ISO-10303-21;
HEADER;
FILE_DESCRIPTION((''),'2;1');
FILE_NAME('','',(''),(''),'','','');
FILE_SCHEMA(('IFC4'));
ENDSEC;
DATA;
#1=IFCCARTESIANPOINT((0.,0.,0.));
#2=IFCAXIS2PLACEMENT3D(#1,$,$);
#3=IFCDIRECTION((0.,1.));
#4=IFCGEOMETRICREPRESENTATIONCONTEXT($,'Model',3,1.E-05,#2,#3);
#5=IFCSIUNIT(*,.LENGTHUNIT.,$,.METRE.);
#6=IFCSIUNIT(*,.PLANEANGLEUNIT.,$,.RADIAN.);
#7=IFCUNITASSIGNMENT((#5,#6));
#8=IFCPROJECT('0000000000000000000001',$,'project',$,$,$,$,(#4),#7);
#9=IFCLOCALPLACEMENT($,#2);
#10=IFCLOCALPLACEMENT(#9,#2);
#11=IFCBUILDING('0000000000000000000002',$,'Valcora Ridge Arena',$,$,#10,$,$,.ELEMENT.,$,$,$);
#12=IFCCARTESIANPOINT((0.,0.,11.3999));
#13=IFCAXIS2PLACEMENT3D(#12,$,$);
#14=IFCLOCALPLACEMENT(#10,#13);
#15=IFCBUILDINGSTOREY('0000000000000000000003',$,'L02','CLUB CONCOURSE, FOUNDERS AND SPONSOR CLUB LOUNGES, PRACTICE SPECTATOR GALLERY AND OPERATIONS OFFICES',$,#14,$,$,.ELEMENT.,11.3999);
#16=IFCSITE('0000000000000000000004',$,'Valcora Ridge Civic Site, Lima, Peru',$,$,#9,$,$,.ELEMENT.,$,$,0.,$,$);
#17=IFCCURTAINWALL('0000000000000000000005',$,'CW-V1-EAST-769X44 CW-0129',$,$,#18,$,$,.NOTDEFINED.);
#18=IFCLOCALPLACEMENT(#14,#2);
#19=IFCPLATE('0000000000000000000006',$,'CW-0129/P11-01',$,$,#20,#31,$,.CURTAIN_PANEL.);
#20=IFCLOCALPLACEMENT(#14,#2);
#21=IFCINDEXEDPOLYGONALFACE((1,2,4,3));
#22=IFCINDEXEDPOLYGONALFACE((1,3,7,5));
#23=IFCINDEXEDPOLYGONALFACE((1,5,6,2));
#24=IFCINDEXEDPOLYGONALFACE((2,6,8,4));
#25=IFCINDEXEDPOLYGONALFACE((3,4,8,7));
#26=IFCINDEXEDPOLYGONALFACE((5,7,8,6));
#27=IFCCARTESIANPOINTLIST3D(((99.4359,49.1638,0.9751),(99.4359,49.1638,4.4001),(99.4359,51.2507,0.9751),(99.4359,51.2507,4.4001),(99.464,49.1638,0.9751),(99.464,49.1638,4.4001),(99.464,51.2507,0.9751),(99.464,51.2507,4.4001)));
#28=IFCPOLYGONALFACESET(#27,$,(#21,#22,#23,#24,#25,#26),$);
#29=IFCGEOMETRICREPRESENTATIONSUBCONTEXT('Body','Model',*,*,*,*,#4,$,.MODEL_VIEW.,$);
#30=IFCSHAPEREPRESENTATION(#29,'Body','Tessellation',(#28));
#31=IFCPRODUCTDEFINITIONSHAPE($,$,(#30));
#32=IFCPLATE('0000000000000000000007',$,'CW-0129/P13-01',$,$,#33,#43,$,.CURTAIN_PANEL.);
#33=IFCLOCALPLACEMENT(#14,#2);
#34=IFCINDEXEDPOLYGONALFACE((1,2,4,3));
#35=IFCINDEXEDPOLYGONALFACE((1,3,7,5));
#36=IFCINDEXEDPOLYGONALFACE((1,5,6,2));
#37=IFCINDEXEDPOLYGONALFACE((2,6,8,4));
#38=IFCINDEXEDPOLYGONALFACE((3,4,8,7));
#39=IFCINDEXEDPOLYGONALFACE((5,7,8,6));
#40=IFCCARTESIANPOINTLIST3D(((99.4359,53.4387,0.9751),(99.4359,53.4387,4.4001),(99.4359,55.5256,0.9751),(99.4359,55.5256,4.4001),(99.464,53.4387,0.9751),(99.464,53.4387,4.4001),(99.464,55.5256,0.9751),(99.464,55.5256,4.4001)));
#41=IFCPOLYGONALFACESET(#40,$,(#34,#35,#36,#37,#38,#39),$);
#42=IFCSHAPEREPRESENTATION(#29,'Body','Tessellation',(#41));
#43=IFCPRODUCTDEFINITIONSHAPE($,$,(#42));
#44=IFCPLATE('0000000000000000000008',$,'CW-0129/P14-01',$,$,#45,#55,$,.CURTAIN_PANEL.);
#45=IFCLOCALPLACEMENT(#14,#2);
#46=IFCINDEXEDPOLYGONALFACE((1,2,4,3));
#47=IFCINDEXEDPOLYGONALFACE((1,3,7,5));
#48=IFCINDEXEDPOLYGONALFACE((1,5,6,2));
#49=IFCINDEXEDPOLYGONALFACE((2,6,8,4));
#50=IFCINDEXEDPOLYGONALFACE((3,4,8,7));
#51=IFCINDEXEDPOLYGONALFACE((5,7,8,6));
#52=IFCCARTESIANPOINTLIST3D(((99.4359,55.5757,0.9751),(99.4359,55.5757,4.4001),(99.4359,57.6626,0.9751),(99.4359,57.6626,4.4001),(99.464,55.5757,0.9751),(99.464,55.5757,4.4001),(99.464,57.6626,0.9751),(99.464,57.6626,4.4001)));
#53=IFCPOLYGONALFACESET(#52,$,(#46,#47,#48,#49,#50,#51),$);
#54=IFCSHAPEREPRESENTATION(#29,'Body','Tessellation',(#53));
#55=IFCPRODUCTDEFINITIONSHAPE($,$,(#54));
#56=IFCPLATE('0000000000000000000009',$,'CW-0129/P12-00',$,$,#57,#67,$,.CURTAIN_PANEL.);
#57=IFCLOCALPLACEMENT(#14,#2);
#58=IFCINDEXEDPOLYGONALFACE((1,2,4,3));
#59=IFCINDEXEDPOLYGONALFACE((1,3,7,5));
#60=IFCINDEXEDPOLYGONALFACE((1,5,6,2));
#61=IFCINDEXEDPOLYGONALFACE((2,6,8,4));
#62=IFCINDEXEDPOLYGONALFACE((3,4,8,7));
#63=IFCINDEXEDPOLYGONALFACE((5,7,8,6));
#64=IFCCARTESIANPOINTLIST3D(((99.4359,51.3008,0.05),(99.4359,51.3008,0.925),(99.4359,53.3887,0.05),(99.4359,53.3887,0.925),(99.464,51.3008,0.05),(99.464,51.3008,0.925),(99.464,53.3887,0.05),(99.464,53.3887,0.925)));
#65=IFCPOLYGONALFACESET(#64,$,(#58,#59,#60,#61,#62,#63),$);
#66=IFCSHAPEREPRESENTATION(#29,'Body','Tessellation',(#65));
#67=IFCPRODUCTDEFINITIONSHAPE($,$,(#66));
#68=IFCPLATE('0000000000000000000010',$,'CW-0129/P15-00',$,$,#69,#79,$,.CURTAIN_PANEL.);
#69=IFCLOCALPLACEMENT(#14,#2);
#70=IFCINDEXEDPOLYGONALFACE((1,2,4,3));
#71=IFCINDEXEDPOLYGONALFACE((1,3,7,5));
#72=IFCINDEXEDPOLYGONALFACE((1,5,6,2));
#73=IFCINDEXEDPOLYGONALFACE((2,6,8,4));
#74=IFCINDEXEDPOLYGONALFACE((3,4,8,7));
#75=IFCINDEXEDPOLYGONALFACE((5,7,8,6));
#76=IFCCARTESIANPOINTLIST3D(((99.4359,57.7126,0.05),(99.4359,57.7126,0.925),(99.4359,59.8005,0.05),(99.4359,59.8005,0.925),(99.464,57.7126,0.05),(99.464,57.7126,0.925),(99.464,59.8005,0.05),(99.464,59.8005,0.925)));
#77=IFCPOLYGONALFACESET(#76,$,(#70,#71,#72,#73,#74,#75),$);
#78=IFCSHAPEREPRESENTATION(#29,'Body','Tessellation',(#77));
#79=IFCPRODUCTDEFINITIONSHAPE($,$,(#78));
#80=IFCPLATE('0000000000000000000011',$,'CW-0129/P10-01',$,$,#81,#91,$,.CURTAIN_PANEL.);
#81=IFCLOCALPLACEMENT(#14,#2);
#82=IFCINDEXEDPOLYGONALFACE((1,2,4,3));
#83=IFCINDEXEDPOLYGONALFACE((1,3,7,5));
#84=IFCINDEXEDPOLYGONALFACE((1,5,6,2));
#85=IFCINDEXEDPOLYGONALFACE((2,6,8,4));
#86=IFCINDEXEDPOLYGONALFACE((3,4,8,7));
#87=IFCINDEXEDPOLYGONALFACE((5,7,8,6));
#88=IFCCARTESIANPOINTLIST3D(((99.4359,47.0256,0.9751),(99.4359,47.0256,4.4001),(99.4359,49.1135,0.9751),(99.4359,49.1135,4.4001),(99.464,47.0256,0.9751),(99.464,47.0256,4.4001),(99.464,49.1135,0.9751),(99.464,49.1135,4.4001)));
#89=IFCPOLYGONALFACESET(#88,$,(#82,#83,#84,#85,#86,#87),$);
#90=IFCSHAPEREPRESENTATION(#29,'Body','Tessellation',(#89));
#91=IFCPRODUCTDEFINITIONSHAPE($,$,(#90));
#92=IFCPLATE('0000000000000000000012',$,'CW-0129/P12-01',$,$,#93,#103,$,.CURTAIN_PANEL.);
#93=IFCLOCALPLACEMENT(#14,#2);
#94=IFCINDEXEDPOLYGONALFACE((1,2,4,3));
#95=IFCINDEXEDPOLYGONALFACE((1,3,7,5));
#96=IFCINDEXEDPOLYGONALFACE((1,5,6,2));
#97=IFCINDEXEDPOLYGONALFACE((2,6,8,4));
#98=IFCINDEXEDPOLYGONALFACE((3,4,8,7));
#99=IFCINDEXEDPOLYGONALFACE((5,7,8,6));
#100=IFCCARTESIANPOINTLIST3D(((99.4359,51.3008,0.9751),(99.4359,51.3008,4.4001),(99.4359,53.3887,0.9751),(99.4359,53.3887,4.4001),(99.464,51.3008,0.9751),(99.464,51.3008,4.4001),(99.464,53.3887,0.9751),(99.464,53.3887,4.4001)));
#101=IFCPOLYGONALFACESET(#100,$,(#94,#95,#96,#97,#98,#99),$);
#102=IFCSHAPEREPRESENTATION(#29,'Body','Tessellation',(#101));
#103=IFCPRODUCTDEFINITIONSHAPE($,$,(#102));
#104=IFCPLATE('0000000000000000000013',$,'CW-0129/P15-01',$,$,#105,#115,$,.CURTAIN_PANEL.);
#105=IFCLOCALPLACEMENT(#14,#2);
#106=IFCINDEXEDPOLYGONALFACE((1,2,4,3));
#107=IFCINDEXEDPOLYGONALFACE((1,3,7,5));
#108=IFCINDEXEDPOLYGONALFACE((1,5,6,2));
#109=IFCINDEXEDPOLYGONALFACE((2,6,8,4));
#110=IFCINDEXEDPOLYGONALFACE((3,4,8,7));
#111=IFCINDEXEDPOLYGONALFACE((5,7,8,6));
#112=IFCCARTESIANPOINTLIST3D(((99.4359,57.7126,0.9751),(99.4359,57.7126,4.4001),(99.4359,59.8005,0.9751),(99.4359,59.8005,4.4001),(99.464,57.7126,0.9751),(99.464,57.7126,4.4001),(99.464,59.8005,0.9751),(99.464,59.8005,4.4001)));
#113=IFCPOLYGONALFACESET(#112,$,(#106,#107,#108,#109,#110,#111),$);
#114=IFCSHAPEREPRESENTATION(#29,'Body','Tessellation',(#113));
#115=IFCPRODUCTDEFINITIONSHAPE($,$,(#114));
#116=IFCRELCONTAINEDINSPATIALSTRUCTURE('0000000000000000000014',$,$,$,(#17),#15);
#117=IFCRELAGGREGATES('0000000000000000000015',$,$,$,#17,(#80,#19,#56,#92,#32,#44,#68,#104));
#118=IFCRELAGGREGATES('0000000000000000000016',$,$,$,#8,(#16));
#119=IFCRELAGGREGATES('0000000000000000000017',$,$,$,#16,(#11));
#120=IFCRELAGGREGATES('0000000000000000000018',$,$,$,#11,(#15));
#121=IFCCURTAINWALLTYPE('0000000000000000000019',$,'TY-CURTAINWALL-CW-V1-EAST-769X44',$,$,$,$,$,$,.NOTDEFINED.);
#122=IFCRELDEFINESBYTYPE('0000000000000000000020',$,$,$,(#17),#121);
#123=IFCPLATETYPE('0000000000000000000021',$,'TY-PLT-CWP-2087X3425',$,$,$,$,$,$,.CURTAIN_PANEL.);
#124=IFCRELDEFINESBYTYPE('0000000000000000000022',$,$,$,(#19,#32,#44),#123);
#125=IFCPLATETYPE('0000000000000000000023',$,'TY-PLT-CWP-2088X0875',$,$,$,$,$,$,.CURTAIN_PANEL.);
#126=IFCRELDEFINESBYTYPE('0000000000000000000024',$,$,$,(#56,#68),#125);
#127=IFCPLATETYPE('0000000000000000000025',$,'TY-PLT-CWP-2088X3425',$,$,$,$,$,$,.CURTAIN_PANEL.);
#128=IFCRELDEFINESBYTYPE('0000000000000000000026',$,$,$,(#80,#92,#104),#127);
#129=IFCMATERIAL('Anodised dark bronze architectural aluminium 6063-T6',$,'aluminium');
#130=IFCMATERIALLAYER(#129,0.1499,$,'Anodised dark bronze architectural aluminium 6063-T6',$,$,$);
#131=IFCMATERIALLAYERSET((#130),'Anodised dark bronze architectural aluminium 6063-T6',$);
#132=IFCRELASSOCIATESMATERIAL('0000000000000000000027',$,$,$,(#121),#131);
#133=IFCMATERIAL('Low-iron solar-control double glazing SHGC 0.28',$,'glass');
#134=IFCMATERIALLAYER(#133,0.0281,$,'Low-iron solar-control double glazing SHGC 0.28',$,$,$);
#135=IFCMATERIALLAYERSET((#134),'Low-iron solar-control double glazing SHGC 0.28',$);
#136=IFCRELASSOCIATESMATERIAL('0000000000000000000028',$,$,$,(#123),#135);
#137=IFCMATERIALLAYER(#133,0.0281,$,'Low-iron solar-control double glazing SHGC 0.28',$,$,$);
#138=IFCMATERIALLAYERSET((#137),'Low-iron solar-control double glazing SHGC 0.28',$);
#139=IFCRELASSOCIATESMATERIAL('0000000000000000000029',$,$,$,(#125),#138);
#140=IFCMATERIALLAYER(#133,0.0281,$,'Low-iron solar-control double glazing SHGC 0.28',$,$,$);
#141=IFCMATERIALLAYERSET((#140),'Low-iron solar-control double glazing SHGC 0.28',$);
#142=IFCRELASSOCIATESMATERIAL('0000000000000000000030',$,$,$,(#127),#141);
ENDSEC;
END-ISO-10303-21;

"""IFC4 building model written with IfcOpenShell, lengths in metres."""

from ifc_helpers import new_model, si_unit, direction, frame, origin, origin_2d, place, context, subcontext, project, spatial, rectangle, extrude, material, layer, layer_set, type_object, element, aggregate, save


model = new_model("IFC4")

# Units and contexts
model_context = context("Model", 3, precision=1e-05, world=origin(), true_north=direction((0.0, 1.0)))
body_context = subcontext(model_context, "Body", "Model", "MODEL_VIEW")
ifc_project = project(units=[si_unit("LENGTHUNIT", "METRE"), si_unit("PLANEANGLEUNIT", "RADIAN")], contexts=[model_context])

# Site, building, storey
site_placement = place(None, origin())
site = spatial("IfcSite", under=ifc_project, at=site_placement, Name="Valcora Ridge Civic Site, Lima, Peru", CompositionType="ELEMENT", RefElevation=0.0)
building_placement = place(site_placement, origin())
building = spatial("IfcBuilding", under=site, at=building_placement, Name="Valcora Ridge Arena", CompositionType="ELEMENT")
storey_placement = place(building_placement, frame((0.0, 0.0, 11.3999)))
storey = spatial("IfcBuildingStorey", under=building, at=storey_placement, Name="L02", Description="CLUB CONCOURSE, FOUNDERS AND SPONSOR CLUB LOUNGES, PRACTICE SPECTATOR GALLERY AND OPERATIONS OFFICES", CompositionType="ELEMENT", Elevation=11.3999)

# Curtain wall, plates
ifc_material_1 = material(Name="Anodised dark bronze architectural aluminium 6063-T6", Category="aluminium")
ifc_layer_1 = layer(ifc_material_1, 0.1499, Name="Anodised dark bronze architectural aluminium 6063-T6")
ifc_layer_set_1 = layer_set([ifc_layer_1], Name="Anodised dark bronze architectural aluminium 6063-T6")
curtain_wall_type = type_object("IfcCurtainWallType", Name="TY-CURTAINWALL-CW-V1-EAST-769X44", PredefinedType="NOTDEFINED", material=ifc_layer_set_1)
curtain_wall_placement = place(storey_placement, origin())
curtain_wall = element("IfcCurtainWall", 1, at=curtain_wall_placement, inside=storey, type_object=curtain_wall_type, Name="CW-V1-EAST-769X44 CW-0129", PredefinedType="NOTDEFINED")
ifc_material_2 = material(Name="Low-iron solar-control double glazing SHGC 0.28", Category="glass")
ifc_layer_2 = layer(ifc_material_2, 0.0281, Name="Low-iron solar-control double glazing SHGC 0.28")
ifc_layer_set_2 = layer_set([ifc_layer_2], Name="Low-iron solar-control double glazing SHGC 0.28")
plate_type_1 = type_object("IfcPlateType", Name="TY-PLT-CWP-2087X3425", PredefinedType="CURTAIN_PANEL", material=ifc_layer_set_2)
plate_1_placement = place(storey_placement, frame((99.45, 50.2073, 0.9751), z_axis=(0.0, 0.0, 1.0), x_axis=(0.0, 1.0, 0.0)))
plate_1 = element("IfcPlate", 2, at=plate_1_placement, type_object=plate_type_1, Name="CW-0129/P11-01", PredefinedType="CURTAIN_PANEL", context=body_context, shape_type="SweptSolid", body=[
    extrude(rectangle(XDim=2.0869, YDim=0.0281, at=origin_2d()), origin(), (0.0, 0.0, 1.0), 3.425),
])
plate_2_placement = place(storey_placement, frame((99.45, 54.4822, 0.9751), z_axis=(0.0, 0.0, 1.0), x_axis=(0.0, 1.0, 0.0)))
plate_2 = element("IfcPlate", 3, at=plate_2_placement, type_object=plate_type_1, Name="CW-0129/P13-01", PredefinedType="CURTAIN_PANEL", context=body_context, shape_type="SweptSolid", body=[
    extrude(rectangle(XDim=2.0869, YDim=0.0281, at=origin_2d()), origin(), (0.0, 0.0, 1.0), 3.425),
])
plate_3_placement = place(storey_placement, frame((99.45, 56.6191, 0.9751), z_axis=(0.0, 0.0, 1.0), x_axis=(0.0, 1.0, 0.0)))
plate_3 = element("IfcPlate", 4, at=plate_3_placement, type_object=plate_type_1, Name="CW-0129/P14-01", PredefinedType="CURTAIN_PANEL", context=body_context, shape_type="SweptSolid", body=[
    extrude(rectangle(XDim=2.0869, YDim=0.0281, at=origin_2d()), origin(), (0.0, 0.0, 1.0), 3.425),
])
ifc_layer_3 = layer(ifc_material_2, 0.0281, Name="Low-iron solar-control double glazing SHGC 0.28")
ifc_layer_set_3 = layer_set([ifc_layer_3], Name="Low-iron solar-control double glazing SHGC 0.28")
plate_type_2 = type_object("IfcPlateType", Name="TY-PLT-CWP-2088X0875", PredefinedType="CURTAIN_PANEL", material=ifc_layer_set_3)
plate_4_placement = place(storey_placement, frame((99.45, 52.3447, 0.05), z_axis=(0.0, 0.0, 1.0), x_axis=(0.0, 1.0, 0.0)))
plate_4 = element("IfcPlate", 5, at=plate_4_placement, type_object=plate_type_2, Name="CW-0129/P12-00", PredefinedType="CURTAIN_PANEL", context=body_context, shape_type="SweptSolid", body=[
    extrude(rectangle(XDim=2.0879, YDim=0.0281, at=origin_2d()), origin(), (0.0, 0.0, 1.0), 0.875),
])
plate_5_placement = place(storey_placement, frame((99.45, 58.7566, 0.05), z_axis=(0.0, 0.0, 1.0), x_axis=(0.0, 1.0, 0.0)))
plate_5 = element("IfcPlate", 6, at=plate_5_placement, type_object=plate_type_2, Name="CW-0129/P15-00", PredefinedType="CURTAIN_PANEL", context=body_context, shape_type="SweptSolid", body=[
    extrude(rectangle(XDim=2.0879, YDim=0.0281, at=origin_2d()), origin(), (0.0, 0.0, 1.0), 0.875),
])
ifc_layer_4 = layer(ifc_material_2, 0.0281, Name="Low-iron solar-control double glazing SHGC 0.28")
ifc_layer_set_4 = layer_set([ifc_layer_4], Name="Low-iron solar-control double glazing SHGC 0.28")
plate_type_3 = type_object("IfcPlateType", Name="TY-PLT-CWP-2088X3425", PredefinedType="CURTAIN_PANEL", material=ifc_layer_set_4)
plate_6_placement = place(storey_placement, frame((99.45, 48.0696, 0.9751), z_axis=(0.0, 0.0, 1.0), x_axis=(0.0, 1.0, 0.0)))
plate_6 = element("IfcPlate", 7, at=plate_6_placement, type_object=plate_type_3, Name="CW-0129/P10-01", PredefinedType="CURTAIN_PANEL", context=body_context, shape_type="SweptSolid", body=[
    extrude(rectangle(XDim=2.0879, YDim=0.0281, at=origin_2d()), origin(), (0.0, 0.0, 1.0), 3.425),
])
plate_7_placement = place(storey_placement, frame((99.45, 52.3447, 0.9751), z_axis=(0.0, 0.0, 1.0), x_axis=(0.0, 1.0, 0.0)))
plate_7 = element("IfcPlate", 8, at=plate_7_placement, type_object=plate_type_3, Name="CW-0129/P12-01", PredefinedType="CURTAIN_PANEL", context=body_context, shape_type="SweptSolid", body=[
    extrude(rectangle(XDim=2.0879, YDim=0.0281, at=origin_2d()), origin(), (0.0, 0.0, 1.0), 3.425),
])
plate_8_placement = place(storey_placement, frame((99.45, 58.7566, 0.9751), z_axis=(0.0, 0.0, 1.0), x_axis=(0.0, 1.0, 0.0)))
plate_8 = element("IfcPlate", 9, at=plate_8_placement, type_object=plate_type_3, Name="CW-0129/P15-01", PredefinedType="CURTAIN_PANEL", context=body_context, shape_type="SweptSolid", body=[
    extrude(rectangle(XDim=2.0879, YDim=0.0281, at=origin_2d()), origin(), (0.0, 0.0, 1.0), 3.425),
])
aggregate(curtain_wall, [plate_6, plate_1, plate_4, plate_7, plate_2, plate_3, plate_5, plate_8])

save(model, "model.ifc")
